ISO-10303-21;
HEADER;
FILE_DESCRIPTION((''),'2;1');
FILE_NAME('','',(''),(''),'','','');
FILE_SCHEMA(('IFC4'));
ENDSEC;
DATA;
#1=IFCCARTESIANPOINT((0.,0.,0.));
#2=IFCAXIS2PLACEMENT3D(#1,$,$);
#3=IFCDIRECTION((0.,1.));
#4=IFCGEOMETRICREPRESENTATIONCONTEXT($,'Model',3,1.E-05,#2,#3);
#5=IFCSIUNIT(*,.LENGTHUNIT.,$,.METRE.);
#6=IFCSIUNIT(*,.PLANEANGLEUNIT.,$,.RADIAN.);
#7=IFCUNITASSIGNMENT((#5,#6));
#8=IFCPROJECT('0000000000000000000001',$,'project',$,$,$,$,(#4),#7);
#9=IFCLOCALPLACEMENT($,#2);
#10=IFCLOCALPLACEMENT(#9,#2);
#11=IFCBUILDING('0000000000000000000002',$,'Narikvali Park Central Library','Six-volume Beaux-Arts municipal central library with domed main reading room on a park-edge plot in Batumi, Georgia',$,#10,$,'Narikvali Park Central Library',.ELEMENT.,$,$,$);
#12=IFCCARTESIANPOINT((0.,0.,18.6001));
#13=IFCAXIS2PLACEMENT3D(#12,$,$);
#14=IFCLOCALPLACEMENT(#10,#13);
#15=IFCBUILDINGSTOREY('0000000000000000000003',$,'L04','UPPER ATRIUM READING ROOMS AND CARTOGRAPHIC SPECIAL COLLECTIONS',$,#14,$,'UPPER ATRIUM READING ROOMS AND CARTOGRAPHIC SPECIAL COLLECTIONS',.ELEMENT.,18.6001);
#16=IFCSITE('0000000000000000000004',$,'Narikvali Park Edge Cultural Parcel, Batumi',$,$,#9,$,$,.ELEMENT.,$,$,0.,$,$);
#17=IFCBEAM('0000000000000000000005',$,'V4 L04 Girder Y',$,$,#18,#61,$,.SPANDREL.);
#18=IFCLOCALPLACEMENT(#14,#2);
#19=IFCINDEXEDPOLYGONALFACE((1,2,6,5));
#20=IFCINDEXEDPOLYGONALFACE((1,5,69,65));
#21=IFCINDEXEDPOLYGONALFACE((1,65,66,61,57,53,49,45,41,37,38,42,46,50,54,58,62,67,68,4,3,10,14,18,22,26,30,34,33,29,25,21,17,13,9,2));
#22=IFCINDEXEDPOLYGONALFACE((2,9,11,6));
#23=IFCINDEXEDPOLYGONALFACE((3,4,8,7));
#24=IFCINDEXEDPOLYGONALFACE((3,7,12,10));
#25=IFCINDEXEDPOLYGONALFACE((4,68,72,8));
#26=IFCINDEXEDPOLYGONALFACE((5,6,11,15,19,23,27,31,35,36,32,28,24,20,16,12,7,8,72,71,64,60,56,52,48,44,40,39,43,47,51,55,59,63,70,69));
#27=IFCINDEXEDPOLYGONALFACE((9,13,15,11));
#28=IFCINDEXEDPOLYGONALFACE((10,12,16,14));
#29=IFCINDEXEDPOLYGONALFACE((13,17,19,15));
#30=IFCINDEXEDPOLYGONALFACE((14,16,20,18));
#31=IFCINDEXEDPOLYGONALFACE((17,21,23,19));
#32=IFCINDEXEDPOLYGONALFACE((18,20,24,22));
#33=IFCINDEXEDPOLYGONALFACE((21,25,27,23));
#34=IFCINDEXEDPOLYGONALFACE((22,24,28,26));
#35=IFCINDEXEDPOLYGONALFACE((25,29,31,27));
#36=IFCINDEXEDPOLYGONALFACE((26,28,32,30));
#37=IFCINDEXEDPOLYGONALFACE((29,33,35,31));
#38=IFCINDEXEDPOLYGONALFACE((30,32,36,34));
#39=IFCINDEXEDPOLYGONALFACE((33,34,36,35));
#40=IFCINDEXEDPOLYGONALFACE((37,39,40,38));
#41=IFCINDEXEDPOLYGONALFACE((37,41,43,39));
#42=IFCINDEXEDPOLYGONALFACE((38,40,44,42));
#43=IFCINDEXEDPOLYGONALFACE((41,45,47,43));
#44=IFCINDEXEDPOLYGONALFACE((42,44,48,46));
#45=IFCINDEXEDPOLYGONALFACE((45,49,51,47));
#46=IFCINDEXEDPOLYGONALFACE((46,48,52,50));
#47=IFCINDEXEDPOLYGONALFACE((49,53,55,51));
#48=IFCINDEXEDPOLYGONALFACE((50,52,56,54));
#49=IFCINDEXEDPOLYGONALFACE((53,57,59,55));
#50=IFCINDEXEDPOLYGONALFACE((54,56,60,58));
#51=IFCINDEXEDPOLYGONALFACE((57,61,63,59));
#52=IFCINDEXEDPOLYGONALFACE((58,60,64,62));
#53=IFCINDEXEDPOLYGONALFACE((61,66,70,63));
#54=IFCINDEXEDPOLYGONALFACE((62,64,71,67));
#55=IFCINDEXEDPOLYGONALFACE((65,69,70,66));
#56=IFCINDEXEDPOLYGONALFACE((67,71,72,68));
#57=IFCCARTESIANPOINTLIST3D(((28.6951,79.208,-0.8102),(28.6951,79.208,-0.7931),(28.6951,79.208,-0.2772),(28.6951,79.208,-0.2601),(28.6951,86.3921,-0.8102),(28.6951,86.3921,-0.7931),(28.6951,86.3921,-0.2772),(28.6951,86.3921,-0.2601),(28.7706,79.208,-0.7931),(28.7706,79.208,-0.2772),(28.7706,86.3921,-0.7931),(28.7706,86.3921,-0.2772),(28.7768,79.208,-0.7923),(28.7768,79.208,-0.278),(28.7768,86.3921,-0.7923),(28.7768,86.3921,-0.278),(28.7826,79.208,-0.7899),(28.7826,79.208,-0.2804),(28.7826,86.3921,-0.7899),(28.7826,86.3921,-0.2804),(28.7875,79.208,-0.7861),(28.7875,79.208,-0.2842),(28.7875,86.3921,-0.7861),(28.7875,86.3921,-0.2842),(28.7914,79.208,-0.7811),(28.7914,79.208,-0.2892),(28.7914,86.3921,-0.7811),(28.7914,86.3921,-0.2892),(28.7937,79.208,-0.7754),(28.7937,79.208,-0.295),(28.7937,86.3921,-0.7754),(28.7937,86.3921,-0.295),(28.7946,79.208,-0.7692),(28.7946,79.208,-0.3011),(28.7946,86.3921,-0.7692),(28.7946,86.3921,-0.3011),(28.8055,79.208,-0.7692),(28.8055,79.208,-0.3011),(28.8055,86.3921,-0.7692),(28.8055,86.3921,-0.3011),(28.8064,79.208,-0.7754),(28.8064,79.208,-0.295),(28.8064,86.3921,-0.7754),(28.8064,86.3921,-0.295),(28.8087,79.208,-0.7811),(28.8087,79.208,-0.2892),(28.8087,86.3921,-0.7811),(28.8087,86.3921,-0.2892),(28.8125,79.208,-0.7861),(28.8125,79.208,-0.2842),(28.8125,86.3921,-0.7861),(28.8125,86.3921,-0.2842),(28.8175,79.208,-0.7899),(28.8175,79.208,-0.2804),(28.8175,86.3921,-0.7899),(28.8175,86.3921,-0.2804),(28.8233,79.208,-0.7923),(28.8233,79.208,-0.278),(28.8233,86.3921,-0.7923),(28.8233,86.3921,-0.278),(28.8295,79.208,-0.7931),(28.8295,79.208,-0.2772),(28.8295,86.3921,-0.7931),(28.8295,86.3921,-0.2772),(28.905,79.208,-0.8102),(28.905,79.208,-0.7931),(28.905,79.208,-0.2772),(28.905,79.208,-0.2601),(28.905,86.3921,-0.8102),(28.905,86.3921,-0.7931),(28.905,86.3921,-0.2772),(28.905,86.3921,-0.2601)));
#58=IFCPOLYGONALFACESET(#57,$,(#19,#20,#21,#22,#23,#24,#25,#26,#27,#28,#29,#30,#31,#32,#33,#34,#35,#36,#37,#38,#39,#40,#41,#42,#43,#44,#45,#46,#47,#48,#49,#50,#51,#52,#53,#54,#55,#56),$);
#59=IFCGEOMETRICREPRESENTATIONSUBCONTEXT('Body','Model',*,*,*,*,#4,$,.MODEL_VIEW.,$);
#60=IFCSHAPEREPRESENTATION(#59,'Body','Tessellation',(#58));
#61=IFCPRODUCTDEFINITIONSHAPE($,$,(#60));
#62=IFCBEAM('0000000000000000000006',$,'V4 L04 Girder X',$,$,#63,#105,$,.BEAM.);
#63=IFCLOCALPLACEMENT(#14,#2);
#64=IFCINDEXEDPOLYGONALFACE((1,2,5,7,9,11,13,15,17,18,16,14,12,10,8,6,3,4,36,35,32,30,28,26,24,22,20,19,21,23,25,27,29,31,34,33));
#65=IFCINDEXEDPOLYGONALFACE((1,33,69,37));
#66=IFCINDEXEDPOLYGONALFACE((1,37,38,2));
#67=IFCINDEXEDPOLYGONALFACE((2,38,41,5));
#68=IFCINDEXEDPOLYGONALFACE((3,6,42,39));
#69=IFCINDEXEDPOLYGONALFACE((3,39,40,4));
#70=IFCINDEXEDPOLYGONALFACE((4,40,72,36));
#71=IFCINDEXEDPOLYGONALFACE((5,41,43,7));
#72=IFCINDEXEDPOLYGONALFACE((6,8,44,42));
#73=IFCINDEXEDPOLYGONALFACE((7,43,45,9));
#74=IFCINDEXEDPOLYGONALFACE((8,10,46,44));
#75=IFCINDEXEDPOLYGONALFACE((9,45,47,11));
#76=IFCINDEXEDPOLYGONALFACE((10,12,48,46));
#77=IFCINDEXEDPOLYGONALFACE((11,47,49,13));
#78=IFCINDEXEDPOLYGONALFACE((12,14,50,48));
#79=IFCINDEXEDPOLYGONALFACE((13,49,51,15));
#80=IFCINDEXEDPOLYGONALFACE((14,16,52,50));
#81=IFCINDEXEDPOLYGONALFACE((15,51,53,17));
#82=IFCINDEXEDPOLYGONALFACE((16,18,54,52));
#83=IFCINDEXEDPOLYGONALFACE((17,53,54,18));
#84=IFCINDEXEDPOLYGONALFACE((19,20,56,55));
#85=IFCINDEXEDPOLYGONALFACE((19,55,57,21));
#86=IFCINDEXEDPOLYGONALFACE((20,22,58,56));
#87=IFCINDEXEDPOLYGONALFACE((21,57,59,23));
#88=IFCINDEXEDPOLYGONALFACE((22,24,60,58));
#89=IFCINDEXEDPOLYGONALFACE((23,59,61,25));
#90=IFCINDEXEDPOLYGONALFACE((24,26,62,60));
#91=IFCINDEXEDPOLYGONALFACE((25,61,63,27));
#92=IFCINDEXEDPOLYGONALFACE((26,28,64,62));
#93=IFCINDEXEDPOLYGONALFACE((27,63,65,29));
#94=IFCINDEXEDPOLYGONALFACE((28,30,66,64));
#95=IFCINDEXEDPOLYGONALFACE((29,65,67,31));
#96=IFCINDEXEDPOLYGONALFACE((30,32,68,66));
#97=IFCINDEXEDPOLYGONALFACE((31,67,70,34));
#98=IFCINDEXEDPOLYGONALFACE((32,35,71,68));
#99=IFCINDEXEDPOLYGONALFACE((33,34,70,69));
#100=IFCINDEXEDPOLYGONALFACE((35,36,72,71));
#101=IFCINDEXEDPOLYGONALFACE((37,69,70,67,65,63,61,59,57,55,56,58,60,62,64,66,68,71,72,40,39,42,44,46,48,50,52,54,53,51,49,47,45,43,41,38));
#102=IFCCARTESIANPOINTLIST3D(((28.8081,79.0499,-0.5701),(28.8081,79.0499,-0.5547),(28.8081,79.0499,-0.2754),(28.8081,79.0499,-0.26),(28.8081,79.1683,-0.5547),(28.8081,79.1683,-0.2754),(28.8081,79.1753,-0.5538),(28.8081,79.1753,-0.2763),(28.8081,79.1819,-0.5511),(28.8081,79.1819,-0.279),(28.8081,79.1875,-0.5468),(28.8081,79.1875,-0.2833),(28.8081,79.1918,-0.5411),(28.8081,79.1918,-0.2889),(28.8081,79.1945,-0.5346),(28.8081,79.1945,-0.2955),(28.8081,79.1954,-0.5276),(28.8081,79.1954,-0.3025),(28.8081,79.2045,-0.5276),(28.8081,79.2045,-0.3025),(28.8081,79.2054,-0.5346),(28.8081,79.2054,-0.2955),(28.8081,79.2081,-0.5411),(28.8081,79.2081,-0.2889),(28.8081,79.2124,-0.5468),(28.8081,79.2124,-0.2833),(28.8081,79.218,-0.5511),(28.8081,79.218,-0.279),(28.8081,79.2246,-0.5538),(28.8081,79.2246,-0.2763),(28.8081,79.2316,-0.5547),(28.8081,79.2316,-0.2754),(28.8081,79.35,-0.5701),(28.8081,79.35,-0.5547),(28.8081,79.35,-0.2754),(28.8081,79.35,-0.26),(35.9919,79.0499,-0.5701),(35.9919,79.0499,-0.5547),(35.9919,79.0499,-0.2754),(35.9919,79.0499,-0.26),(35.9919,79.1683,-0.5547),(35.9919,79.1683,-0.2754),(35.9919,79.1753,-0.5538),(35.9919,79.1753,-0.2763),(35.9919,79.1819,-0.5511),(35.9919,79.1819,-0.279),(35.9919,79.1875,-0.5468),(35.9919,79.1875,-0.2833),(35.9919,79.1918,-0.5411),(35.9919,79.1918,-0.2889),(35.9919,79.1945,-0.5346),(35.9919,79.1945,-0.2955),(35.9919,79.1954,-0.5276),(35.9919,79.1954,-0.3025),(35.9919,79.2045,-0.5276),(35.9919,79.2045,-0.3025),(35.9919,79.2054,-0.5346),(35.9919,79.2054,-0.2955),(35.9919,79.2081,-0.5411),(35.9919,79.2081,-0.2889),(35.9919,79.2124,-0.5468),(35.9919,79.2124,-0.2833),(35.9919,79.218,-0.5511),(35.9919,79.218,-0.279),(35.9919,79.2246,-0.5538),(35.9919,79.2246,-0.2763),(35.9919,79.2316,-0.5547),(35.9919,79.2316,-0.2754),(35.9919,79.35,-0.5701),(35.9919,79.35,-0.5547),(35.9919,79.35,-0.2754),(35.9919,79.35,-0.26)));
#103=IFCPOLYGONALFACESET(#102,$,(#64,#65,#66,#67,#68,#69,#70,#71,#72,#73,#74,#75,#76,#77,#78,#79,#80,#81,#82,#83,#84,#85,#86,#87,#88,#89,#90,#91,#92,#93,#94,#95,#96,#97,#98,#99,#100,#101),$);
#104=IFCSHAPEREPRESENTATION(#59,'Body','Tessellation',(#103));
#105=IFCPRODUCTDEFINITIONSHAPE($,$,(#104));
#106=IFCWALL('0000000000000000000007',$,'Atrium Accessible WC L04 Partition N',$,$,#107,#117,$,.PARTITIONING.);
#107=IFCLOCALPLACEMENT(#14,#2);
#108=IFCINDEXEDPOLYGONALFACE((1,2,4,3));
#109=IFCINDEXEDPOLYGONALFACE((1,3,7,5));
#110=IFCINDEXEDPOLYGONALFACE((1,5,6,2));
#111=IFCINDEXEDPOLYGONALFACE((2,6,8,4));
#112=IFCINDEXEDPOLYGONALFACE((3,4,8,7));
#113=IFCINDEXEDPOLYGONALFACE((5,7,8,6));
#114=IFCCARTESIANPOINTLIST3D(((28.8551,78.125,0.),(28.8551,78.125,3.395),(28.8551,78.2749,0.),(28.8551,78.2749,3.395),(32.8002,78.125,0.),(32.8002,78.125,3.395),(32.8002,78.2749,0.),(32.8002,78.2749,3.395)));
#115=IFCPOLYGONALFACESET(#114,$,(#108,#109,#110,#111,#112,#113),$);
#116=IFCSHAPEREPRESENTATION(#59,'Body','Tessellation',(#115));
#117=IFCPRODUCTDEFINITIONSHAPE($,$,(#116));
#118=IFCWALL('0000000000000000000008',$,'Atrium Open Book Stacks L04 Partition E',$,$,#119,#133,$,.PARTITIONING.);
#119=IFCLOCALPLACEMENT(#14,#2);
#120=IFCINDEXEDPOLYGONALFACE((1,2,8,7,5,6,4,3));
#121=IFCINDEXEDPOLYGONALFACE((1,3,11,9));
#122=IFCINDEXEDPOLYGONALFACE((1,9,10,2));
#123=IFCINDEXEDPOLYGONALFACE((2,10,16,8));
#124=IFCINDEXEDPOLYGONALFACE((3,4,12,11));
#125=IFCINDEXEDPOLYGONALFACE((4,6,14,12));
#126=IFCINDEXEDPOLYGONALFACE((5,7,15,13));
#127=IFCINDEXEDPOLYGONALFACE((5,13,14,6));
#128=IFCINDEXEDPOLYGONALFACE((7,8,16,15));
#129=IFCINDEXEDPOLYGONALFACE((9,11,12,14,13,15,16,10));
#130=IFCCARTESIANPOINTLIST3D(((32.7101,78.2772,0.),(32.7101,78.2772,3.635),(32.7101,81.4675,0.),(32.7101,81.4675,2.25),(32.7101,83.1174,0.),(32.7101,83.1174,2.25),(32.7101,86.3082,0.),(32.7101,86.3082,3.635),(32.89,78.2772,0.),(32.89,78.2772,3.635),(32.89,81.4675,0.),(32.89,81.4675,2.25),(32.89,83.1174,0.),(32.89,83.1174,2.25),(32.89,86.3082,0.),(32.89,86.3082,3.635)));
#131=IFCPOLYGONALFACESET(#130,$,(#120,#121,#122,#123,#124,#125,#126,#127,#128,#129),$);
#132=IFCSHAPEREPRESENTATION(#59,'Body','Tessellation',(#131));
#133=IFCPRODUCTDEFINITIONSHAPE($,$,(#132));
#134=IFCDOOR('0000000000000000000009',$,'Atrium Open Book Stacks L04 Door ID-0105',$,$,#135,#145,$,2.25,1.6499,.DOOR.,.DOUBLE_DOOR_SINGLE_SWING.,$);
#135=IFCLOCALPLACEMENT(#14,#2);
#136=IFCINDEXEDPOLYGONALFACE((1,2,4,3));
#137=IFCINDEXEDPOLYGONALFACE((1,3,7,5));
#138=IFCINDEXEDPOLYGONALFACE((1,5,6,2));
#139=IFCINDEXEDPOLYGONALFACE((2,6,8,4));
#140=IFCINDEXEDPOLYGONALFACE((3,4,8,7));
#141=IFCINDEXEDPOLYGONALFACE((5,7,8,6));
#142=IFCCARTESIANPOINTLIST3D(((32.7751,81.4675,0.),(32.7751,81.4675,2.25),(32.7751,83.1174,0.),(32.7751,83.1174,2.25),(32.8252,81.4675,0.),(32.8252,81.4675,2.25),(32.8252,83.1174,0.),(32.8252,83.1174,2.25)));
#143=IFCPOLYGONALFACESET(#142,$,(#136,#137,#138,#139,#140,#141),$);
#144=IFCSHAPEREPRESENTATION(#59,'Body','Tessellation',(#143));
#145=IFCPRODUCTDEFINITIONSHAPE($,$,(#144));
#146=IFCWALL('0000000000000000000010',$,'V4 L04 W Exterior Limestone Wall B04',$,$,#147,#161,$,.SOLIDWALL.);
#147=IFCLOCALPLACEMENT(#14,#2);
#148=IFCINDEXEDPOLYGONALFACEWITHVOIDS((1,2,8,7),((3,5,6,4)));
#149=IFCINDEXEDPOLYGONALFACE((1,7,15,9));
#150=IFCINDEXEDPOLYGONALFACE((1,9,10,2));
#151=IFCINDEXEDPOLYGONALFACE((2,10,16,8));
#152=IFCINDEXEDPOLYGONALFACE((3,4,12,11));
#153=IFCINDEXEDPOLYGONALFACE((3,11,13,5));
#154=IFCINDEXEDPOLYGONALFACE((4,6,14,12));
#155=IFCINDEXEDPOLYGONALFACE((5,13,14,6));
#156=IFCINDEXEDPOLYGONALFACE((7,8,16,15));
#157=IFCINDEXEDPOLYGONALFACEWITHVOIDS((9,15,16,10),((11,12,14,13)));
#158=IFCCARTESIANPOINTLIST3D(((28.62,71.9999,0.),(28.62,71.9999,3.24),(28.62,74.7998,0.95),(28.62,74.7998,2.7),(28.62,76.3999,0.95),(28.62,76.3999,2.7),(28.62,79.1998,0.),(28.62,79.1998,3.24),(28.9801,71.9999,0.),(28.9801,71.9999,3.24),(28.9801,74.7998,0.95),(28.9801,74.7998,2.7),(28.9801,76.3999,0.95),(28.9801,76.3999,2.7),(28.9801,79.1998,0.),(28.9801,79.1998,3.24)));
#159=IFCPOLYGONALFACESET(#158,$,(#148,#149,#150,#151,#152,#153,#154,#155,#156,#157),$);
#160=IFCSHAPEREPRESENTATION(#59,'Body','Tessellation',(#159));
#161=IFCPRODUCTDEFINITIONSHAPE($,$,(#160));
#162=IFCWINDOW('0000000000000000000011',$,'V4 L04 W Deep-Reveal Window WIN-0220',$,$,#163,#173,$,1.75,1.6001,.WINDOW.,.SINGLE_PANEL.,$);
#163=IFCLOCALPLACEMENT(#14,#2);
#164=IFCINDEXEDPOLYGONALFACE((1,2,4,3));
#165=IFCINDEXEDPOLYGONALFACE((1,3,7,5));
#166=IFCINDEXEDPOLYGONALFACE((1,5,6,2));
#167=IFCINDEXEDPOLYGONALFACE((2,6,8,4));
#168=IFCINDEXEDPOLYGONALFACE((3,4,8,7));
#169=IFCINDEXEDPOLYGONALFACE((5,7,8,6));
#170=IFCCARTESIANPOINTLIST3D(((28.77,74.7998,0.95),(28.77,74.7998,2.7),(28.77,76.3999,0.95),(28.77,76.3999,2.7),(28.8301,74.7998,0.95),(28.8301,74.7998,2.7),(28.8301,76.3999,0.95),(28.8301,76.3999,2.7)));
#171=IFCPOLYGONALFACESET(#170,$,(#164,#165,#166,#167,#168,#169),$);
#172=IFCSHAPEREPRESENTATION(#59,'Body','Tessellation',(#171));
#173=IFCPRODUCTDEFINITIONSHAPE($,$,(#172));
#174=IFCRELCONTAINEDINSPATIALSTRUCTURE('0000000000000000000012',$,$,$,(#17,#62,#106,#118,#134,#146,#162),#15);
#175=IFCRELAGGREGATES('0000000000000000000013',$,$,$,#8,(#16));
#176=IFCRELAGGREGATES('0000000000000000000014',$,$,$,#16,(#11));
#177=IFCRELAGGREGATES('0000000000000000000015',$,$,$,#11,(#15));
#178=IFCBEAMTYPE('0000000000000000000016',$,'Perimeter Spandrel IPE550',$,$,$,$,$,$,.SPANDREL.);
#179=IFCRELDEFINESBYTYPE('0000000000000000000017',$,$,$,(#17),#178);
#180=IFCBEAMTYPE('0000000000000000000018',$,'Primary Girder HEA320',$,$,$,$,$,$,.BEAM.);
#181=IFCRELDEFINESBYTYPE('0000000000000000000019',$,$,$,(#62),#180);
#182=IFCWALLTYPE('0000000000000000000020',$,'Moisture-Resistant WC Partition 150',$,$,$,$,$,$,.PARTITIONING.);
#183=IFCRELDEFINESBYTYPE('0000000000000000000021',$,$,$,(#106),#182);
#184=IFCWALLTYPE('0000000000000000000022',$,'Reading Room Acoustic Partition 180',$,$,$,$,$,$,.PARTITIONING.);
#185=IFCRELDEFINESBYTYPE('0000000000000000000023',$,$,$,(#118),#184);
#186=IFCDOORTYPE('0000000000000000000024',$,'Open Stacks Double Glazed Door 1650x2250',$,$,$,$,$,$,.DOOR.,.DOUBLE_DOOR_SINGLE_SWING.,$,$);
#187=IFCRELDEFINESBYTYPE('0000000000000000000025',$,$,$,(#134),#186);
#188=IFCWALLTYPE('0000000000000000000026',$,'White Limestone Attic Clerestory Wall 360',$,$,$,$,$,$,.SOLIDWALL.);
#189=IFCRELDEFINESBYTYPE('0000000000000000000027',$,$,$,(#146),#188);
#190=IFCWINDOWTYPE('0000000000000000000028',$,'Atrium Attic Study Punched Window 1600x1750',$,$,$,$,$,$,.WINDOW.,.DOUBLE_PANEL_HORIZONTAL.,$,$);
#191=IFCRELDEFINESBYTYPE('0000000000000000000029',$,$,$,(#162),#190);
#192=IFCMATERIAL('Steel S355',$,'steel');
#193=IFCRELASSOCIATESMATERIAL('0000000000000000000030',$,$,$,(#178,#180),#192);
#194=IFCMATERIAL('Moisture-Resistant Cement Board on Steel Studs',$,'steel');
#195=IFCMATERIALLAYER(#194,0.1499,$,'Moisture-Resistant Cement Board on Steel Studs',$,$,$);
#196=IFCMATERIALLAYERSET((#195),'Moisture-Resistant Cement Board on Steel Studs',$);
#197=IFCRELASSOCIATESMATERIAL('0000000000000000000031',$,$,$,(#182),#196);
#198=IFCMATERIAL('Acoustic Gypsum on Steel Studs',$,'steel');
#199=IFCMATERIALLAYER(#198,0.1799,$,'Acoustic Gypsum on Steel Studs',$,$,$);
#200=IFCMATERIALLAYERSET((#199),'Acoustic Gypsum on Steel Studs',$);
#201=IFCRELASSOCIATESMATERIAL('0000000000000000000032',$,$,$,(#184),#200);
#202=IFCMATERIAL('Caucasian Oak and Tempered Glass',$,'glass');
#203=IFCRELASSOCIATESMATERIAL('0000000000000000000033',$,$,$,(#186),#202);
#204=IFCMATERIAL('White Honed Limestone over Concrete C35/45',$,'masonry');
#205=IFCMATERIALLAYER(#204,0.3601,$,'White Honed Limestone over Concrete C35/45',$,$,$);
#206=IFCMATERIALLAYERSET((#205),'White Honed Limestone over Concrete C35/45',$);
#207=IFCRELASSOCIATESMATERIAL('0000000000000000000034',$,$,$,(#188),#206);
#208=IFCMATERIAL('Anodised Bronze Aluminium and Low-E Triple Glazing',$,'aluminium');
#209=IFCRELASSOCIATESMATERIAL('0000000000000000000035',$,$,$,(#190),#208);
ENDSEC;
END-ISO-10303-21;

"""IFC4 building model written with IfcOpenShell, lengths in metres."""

from ifc_helpers import new_model, si_unit, direction, frame, frame_2d, origin, origin_2d, place, context, subcontext, project, spatial, rectangle, i_section, extrude, material, layer, layer_set, material_profile, profile_set, type_object, element, fill, save


model = new_model("IFC4")

# Units and contexts
model_context = context("Model", 3, precision=1e-05, world=origin(), true_north=direction((0.0, 1.0)))
body_context = subcontext(model_context, "Body", "Model", "MODEL_VIEW")
ifc_project = project(units=[si_unit("LENGTHUNIT", "METRE"), si_unit("PLANEANGLEUNIT", "RADIAN")], contexts=[model_context])

# Site, building, storey
site_placement = place(None, origin())
site = spatial("IfcSite", under=ifc_project, at=site_placement, Name="Narikvali Park Edge Cultural Parcel, Batumi", CompositionType="ELEMENT", RefElevation=0.0)
building_placement = place(site_placement, origin())
building = spatial("IfcBuilding", under=site, at=building_placement, Name="Narikvali Park Central Library", Description="Six-volume Beaux-Arts municipal central library with domed main reading room on a park-edge plot in Batumi, Georgia", LongName="Narikvali Park Central Library", CompositionType="ELEMENT")
storey_placement = place(building_placement, frame((0.0, 0.0, 18.6001)))
storey = spatial("IfcBuildingStorey", under=building, at=storey_placement, Name="L04", Description="UPPER ATRIUM READING ROOMS AND CARTOGRAPHIC SPECIAL COLLECTIONS", LongName="UPPER ATRIUM READING ROOMS AND CARTOGRAPHIC SPECIAL COLLECTIONS", CompositionType="ELEMENT", Elevation=18.6001)

# Shared definitions
ifc_material_1 = material(Name="Steel S355", Category="steel")

# Beams
ifc_material_profile_1 = material_profile(ifc_material_1, i_section(OverallWidth=0.21, OverallDepth=0.55, WebThickness=0.011, FlangeThickness=0.0171, FilletRadius=0.0239, at=origin_2d()), Name="IPE 550")
ifc_profile_set_1 = profile_set([ifc_material_profile_1], Name="Steel S355")
beam_type_1 = type_object("IfcBeamType", Name="Perimeter Spandrel IPE550", PredefinedType="SPANDREL", material=ifc_profile_set_1)
beam_1_placement = place(storey_placement, frame((28.8, 79.208, -0.5352), z_axis=(0.0, 1.0, 0.0), x_axis=(-1.0, 0.0, 0.0)))
element("IfcBeam", 1, at=beam_1_placement, inside=storey, type_object=beam_type_1, Name="V4 L04 Girder Y", PredefinedType="SPANDREL", context=body_context, shape_type="SweptSolid", body=[
    extrude(i_section(OverallWidth=0.21, OverallDepth=0.55, WebThickness=0.011, FlangeThickness=0.0171, FilletRadius=0.0239, at=origin_2d()), origin(), (0.0, 0.0, 1.0), 7.1841),
])
ifc_material_profile_2 = material_profile(ifc_material_1, i_section(OverallWidth=0.3, OverallDepth=0.3101, WebThickness=0.009, FlangeThickness=0.0154, FilletRadius=0.0271, at=origin_2d()), Name="HEA 320")
ifc_profile_set_2 = profile_set([ifc_material_profile_2], Name="Steel S355")
beam_type_2 = type_object("IfcBeamType", Name="Primary Girder HEA320", PredefinedType="BEAM", material=ifc_profile_set_2)
beam_2_placement = place(storey_placement, frame((28.8081, 79.2, -0.415), z_axis=(1.0, 0.0, 0.0), x_axis=(0.0, 1.0, 0.0)))
element("IfcBeam", 2, at=beam_2_placement, inside=storey, type_object=beam_type_2, Name="V4 L04 Girder X", PredefinedType="BEAM", context=body_context, shape_type="SweptSolid", body=[
    extrude(i_section(OverallWidth=0.3, OverallDepth=0.3101, WebThickness=0.009, FlangeThickness=0.0154, FilletRadius=0.0271, at=origin_2d()), origin(), (0.0, 0.0, 1.0), 7.1838),
])

# Wall
ifc_material_2 = material(Name="Moisture-Resistant Cement Board on Steel Studs", Category="steel")
ifc_layer_1 = layer(ifc_material_2, 0.1499, Name="Moisture-Resistant Cement Board on Steel Studs")
ifc_layer_set_1 = layer_set([ifc_layer_1], Name="Moisture-Resistant Cement Board on Steel Studs")
wall_type_1 = type_object("IfcWallType", Name="Moisture-Resistant WC Partition 150", PredefinedType="PARTITIONING", material=ifc_layer_set_1)
wall_1_placement = place(storey_placement, frame((28.855, 78.2, 0.0), z_axis=(0.0, 0.0, 1.0), x_axis=(1.0, 0.0, 0.0)))
element("IfcWall", 3, at=wall_1_placement, inside=storey, type_object=wall_type_1, Name="Atrium Accessible WC L04 Partition N", PredefinedType="PARTITIONING", context=body_context, shape_type="SweptSolid", body=[
    extrude(rectangle(XDim=3.9451, YDim=0.1499, at=frame_2d((1.9727, 0.0))), origin(), (0.0, 0.0, 1.0), 3.395),
])

# Wall, opening, door
ifc_material_3 = material(Name="Acoustic Gypsum on Steel Studs", Category="steel")
ifc_layer_2 = layer(ifc_material_3, 0.1799, Name="Acoustic Gypsum on Steel Studs")
ifc_layer_set_2 = layer_set([ifc_layer_2], Name="Acoustic Gypsum on Steel Studs")
wall_type_2 = type_object("IfcWallType", Name="Reading Room Acoustic Partition 180", PredefinedType="PARTITIONING", material=ifc_layer_set_2)
wall_2_placement = place(storey_placement, frame((32.8, 78.2771, 0.0), z_axis=(0.0, 0.0, 1.0), x_axis=(0.0, 1.0, 0.0)))
wall_2 = element("IfcWall", 4, at=wall_2_placement, inside=storey, type_object=wall_type_2, Name="Atrium Open Book Stacks L04 Partition E", PredefinedType="PARTITIONING", context=body_context, shape_type="SweptSolid", body=[
    extrude(rectangle(XDim=8.031, YDim=0.1799, at=frame_2d((4.0156, 0.0))), origin(), (0.0, 0.0, 1.0), 3.635),
])
opening_1_placement = place(wall_2_placement, frame((3.1904, 0.0, 0.0)))
opening_1 = element("IfcOpeningElement", 5, at=opening_1_placement, cuts=wall_2, PredefinedType="OPENING", context=body_context, shape_type="SweptSolid", body=[
    extrude(rectangle(XDim=1.6499, YDim=2.25, at=frame_2d((0.825, 1.125))), frame((0.0, 0.1021, 0.0), z_axis=(0.0, -1.0, 0.0), x_axis=(1.0, 0.0, 0.0)), (0.0, 0.0, 1.0), 0.2039),
])
ifc_material_4 = material(Name="Caucasian Oak and Tempered Glass", Category="glass")
door_type = type_object("IfcDoorType", Name="Open Stacks Double Glazed Door 1650x2250", OperationType="DOUBLE_DOOR_SINGLE_SWING", PredefinedType="DOOR", material=ifc_material_4)
door_placement = place(opening_1_placement, origin())
door = element("IfcDoor", 6, at=door_placement, inside=storey, type_object=door_type, Name="Atrium Open Book Stacks L04 Door ID-0105", OperationType="DOUBLE_DOOR_SINGLE_SWING", OverallHeight=2.25, OverallWidth=1.6499, PredefinedType="DOOR", context=body_context, shape_type="SweptSolid", body=[
    extrude(rectangle(XDim=1.6499, YDim=2.25, at=frame_2d((0.825, 1.125))), frame((0.0, 0.0249, 0.0), z_axis=(0.0, -1.0, 0.0), x_axis=(1.0, 0.0, 0.0)), (0.0, 0.0, 1.0), 0.05),
])
fill(opening_1, door)

# Wall, opening, window
ifc_material_5 = material(Name="White Honed Limestone over Concrete C35/45", Category="masonry")
ifc_layer_3 = layer(ifc_material_5, 0.3601, Name="White Honed Limestone over Concrete C35/45")
ifc_layer_set_3 = layer_set([ifc_layer_3], Name="White Honed Limestone over Concrete C35/45")
wall_type_3 = type_object("IfcWallType", Name="White Limestone Attic Clerestory Wall 360", PredefinedType="SOLIDWALL", material=ifc_layer_set_3)
wall_3_placement = place(storey_placement, frame((28.8, 79.2, 0.0), z_axis=(0.0, 0.0, 1.0), x_axis=(0.0, -1.0, 0.0)))
wall_3 = element("IfcWall", 7, at=wall_3_placement, inside=storey, type_object=wall_type_3, Name="V4 L04 W Exterior Limestone Wall B04", PredefinedType="SOLIDWALL", context=body_context, shape_type="SweptSolid", body=[
    extrude(rectangle(XDim=7.2, YDim=0.3601, at=frame_2d((3.6001, 0.0))), origin(), (0.0, 0.0, 1.0), 3.24),
])
opening_2_placement = place(wall_3_placement, frame((2.8, 0.0, 0.95)))
opening_2 = element("IfcOpeningElement", 8, at=opening_2_placement, cuts=wall_3, PredefinedType="OPENING", context=body_context, shape_type="SweptSolid", body=[
    extrude(rectangle(XDim=1.6001, YDim=1.75, at=frame_2d((0.8, 0.875))), frame((0.0, 0.1919, 0.0), z_axis=(0.0, -1.0, 0.0), x_axis=(1.0, 0.0, 0.0)), (0.0, 0.0, 1.0), 0.384),
])
ifc_material_6 = material(Name="Anodised Bronze Aluminium and Low-E Triple Glazing", Category="aluminium")
window_type = type_object("IfcWindowType", Name="Atrium Attic Study Punched Window 1600x1750", PartitioningType="DOUBLE_PANEL_HORIZONTAL", PredefinedType="WINDOW", material=ifc_material_6)
window_placement = place(opening_2_placement, origin())
window = element("IfcWindow", 9, at=window_placement, inside=storey, type_object=window_type, Name="V4 L04 W Deep-Reveal Window WIN-0220", OverallHeight=1.75, OverallWidth=1.6001, PartitioningType="SINGLE_PANEL", PredefinedType="WINDOW", context=body_context, shape_type="SweptSolid", body=[
    extrude(rectangle(XDim=1.6001, YDim=1.75, at=frame_2d((0.8, 0.875))), frame((0.0, 0.03, 0.0), z_axis=(0.0, -1.0, 0.0), x_axis=(1.0, 0.0, 0.0)), (0.0, 0.0, 1.0), 0.0601),
])
fill(opening_2, window)

save(model, "model.ifc")
